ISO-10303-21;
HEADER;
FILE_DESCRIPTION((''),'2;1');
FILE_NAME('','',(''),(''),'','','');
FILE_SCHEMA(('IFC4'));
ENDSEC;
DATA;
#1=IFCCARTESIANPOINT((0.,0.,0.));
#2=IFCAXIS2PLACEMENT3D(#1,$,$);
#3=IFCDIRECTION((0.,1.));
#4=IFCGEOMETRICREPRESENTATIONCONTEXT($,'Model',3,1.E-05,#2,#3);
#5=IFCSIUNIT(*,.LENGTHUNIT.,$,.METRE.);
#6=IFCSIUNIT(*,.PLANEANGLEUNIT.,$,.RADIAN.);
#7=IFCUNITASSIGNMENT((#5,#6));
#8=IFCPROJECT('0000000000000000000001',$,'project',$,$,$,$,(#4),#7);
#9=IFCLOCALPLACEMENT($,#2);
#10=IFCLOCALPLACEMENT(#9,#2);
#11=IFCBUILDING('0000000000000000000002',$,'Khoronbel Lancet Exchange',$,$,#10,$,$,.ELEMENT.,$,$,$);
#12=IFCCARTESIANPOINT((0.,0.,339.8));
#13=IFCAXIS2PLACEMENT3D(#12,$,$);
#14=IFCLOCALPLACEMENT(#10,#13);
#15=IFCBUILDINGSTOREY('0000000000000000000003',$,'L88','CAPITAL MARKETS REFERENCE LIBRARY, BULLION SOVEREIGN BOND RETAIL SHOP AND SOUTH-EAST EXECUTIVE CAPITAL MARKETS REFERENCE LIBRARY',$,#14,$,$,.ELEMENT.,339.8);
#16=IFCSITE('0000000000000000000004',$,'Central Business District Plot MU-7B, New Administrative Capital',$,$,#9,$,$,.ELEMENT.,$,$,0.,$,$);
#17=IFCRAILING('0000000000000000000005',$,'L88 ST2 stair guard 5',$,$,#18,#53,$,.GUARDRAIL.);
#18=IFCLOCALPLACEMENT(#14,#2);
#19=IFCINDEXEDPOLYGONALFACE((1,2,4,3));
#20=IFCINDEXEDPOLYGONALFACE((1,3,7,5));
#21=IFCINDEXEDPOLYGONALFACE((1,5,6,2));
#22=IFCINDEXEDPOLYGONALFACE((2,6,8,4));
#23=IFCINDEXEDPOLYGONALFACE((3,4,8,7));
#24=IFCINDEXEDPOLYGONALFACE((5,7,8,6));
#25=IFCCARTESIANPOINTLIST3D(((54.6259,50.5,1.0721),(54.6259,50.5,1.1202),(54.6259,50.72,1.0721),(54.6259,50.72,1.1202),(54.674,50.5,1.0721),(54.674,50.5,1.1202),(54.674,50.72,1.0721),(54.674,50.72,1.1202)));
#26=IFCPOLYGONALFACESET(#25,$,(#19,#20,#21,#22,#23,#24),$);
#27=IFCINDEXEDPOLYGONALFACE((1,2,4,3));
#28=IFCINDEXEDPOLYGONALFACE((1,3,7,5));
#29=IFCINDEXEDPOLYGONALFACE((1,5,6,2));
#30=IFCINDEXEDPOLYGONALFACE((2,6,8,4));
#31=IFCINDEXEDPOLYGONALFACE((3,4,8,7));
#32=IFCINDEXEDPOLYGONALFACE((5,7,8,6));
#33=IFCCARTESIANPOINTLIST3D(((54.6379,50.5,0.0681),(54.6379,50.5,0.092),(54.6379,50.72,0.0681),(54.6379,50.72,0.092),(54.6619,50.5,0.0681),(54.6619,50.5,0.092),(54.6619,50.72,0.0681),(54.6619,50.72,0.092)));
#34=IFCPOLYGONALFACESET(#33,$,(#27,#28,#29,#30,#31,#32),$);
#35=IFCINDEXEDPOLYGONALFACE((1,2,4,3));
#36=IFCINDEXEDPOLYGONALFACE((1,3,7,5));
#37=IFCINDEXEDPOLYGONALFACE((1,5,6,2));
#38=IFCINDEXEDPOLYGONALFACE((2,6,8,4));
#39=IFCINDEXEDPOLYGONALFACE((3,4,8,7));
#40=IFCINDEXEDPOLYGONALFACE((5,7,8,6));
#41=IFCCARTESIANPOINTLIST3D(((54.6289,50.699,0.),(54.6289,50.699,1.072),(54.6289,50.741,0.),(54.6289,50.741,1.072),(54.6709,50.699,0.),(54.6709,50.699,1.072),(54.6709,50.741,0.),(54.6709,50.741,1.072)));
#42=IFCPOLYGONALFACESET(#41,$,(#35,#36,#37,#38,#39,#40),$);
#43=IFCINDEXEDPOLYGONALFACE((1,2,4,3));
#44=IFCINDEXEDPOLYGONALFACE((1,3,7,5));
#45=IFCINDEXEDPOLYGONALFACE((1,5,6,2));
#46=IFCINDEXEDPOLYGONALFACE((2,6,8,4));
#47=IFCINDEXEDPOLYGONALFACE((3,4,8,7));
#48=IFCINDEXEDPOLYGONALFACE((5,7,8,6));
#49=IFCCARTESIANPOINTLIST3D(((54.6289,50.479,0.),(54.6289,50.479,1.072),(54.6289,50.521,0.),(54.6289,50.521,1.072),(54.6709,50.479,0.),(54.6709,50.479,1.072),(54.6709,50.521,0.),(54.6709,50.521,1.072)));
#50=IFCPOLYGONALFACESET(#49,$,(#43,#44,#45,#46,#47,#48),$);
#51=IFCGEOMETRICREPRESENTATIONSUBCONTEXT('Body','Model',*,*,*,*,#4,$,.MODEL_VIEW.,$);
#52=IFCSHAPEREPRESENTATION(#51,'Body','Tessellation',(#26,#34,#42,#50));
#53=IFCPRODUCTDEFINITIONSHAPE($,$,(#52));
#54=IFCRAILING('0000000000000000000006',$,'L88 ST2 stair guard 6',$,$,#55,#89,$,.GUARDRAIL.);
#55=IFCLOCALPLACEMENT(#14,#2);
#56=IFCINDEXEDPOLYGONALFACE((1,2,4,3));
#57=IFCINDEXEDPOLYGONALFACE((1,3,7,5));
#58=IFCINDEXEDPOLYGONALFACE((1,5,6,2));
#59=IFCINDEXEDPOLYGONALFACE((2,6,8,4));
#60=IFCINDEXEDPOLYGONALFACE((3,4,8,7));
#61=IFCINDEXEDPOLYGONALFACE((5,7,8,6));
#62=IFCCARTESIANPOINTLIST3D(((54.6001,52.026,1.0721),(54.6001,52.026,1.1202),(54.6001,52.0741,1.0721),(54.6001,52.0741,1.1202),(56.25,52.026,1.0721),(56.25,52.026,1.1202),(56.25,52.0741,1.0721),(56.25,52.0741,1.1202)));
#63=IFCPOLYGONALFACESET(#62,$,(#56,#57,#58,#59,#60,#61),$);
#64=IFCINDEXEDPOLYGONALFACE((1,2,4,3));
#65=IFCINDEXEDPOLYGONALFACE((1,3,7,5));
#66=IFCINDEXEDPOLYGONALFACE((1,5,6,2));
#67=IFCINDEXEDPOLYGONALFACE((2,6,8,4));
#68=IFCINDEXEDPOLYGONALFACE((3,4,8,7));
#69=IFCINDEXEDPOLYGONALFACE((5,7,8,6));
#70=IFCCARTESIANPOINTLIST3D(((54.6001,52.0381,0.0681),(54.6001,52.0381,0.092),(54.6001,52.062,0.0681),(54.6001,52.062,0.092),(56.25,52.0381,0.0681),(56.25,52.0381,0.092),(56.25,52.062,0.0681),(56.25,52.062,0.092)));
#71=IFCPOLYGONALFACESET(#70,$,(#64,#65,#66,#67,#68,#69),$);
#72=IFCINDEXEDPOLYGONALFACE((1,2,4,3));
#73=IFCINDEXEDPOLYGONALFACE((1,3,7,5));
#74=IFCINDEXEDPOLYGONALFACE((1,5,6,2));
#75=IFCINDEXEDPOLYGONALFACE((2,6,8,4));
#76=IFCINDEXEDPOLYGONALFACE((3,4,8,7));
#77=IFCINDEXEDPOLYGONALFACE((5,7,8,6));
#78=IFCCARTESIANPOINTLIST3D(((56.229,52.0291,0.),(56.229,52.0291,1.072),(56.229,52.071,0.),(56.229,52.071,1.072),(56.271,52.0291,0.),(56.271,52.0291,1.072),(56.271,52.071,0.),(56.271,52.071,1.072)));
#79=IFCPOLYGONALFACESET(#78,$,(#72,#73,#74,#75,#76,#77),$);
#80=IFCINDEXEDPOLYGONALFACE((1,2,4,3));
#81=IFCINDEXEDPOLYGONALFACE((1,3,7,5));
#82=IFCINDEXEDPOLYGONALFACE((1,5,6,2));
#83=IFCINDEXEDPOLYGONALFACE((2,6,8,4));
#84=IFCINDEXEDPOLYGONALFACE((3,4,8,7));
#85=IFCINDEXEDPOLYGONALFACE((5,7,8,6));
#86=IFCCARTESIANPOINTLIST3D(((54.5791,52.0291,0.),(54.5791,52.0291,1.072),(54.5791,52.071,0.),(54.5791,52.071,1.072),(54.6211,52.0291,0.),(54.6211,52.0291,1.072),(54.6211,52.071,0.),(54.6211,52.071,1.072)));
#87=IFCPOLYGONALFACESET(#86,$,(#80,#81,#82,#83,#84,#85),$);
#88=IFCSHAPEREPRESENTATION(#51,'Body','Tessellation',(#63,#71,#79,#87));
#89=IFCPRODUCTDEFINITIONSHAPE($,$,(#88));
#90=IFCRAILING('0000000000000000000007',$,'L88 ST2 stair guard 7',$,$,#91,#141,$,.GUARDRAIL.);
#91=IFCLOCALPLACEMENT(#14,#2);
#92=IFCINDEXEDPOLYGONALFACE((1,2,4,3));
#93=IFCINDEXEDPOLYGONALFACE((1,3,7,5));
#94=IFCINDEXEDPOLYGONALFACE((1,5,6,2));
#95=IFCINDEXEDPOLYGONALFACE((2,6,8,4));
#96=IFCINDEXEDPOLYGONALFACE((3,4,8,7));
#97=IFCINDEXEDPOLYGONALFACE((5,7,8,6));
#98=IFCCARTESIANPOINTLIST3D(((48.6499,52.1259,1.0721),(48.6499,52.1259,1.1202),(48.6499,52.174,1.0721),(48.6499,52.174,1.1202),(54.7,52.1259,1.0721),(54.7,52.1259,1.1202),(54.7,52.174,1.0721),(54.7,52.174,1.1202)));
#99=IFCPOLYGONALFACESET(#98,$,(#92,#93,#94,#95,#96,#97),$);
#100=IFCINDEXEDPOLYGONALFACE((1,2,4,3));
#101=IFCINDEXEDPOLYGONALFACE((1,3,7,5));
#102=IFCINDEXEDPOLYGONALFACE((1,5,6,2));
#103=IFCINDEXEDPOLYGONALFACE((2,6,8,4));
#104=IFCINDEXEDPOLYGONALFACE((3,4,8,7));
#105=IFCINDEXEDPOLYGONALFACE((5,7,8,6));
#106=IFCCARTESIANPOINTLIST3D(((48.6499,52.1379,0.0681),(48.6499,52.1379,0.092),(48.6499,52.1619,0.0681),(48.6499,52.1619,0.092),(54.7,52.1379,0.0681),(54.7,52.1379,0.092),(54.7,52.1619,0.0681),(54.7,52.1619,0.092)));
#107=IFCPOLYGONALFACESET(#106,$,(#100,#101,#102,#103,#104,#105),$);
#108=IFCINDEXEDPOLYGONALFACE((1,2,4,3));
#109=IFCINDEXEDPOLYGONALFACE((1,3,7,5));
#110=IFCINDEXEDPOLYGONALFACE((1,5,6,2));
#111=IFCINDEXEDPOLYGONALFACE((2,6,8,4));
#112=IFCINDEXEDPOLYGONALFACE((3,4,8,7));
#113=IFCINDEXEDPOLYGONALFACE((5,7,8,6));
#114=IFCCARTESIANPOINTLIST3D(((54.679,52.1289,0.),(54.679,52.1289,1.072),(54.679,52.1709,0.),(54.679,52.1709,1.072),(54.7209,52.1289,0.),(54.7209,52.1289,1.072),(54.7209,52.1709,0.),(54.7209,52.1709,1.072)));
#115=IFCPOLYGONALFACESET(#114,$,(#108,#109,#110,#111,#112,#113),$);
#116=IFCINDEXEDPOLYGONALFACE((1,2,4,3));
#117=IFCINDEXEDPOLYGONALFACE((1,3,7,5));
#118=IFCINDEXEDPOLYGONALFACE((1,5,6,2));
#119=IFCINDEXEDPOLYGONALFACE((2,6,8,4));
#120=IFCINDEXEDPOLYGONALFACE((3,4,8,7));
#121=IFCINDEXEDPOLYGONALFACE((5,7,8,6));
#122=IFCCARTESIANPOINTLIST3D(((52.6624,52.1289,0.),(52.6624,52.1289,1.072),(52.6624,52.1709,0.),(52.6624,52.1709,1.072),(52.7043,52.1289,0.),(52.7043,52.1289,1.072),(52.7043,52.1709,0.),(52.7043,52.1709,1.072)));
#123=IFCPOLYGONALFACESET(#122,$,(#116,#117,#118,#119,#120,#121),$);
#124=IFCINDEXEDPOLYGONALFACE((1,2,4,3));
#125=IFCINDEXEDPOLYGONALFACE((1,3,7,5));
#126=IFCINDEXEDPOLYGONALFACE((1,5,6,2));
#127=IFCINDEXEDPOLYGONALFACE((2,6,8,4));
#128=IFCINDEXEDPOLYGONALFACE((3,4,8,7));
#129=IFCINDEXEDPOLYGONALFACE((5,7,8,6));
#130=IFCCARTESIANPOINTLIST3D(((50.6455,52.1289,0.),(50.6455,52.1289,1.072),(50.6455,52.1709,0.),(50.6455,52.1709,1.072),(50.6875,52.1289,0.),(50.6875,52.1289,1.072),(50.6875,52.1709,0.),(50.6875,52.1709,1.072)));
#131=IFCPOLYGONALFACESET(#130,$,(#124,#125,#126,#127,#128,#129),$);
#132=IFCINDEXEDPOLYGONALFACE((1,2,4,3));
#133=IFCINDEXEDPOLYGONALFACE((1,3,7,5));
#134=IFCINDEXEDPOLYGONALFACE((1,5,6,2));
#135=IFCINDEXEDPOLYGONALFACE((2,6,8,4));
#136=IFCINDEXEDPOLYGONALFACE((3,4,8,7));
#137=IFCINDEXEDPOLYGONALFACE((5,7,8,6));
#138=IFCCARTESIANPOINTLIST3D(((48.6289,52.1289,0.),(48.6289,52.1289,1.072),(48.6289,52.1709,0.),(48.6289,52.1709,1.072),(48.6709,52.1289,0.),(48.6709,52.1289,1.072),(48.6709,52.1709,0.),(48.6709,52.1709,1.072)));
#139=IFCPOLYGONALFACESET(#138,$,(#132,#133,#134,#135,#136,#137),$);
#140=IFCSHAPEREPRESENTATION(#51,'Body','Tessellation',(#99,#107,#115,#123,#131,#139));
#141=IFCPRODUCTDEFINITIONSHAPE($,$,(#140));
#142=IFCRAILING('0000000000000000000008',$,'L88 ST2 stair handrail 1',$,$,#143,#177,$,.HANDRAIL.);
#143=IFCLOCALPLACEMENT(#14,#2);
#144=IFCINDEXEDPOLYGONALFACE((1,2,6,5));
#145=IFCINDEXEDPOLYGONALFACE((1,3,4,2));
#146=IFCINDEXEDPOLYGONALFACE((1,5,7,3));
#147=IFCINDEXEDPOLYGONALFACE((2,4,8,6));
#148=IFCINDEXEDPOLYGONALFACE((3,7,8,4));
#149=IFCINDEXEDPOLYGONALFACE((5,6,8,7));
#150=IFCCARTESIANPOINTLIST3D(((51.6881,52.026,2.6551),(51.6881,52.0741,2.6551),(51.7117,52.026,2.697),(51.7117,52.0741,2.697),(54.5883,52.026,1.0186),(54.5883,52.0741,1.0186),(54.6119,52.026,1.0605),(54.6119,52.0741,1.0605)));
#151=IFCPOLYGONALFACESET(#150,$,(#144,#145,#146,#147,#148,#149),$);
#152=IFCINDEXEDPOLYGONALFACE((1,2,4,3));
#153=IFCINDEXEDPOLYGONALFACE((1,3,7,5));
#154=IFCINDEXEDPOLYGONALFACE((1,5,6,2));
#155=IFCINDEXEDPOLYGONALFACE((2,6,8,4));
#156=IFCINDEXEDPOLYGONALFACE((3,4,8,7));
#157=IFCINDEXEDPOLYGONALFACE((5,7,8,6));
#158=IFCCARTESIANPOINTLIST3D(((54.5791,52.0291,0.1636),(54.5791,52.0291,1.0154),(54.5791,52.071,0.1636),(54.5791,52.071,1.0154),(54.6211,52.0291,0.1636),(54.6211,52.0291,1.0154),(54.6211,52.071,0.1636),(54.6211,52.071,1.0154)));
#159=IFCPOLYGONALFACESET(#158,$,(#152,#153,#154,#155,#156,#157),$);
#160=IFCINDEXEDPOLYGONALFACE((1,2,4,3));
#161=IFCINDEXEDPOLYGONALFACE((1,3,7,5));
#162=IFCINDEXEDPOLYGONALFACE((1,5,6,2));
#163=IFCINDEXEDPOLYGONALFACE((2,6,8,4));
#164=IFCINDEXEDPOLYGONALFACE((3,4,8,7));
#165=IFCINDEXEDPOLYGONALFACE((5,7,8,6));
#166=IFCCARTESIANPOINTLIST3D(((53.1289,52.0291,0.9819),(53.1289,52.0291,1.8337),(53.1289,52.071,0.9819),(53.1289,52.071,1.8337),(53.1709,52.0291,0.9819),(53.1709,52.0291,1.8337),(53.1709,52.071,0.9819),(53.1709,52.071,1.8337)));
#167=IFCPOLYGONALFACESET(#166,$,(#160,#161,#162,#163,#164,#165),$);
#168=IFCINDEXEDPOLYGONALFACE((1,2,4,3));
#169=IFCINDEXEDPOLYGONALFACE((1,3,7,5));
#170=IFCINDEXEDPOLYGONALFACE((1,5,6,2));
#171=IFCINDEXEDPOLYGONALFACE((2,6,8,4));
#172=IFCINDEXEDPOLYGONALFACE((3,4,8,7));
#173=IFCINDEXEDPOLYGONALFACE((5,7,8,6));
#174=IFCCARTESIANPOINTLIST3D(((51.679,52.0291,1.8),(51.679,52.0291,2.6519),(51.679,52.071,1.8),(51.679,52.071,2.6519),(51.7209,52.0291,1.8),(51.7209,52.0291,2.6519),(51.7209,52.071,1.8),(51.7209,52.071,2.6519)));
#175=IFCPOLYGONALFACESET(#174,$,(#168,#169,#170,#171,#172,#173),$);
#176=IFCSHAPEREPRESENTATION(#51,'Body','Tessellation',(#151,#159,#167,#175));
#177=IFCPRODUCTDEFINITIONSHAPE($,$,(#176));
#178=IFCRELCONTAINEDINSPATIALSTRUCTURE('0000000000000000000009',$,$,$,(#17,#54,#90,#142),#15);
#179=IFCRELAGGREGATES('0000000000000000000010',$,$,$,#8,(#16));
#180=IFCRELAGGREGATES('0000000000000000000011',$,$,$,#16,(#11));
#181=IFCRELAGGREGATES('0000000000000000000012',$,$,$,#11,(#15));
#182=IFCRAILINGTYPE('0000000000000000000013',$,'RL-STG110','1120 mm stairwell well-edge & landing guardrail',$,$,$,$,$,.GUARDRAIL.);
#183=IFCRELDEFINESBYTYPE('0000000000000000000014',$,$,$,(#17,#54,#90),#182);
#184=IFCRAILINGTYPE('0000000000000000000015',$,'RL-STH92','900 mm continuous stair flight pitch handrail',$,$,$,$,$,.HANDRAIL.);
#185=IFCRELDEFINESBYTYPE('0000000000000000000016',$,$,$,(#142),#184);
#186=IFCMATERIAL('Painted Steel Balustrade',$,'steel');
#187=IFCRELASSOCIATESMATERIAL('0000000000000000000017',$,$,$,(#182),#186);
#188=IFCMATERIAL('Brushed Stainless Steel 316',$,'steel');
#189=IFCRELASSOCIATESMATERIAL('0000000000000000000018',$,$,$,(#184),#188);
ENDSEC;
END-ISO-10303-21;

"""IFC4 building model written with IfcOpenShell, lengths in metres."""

from ifc_helpers import new_model, si_unit, direction, frame, origin, origin_2d, place, context, subcontext, project, spatial, rectangle, extrude, material, type_object, element, save


model = new_model("IFC4")

# Units and contexts
model_context = context("Model", 3, precision=1e-05, world=origin(), true_north=direction((0.0, 1.0)))
body_context = subcontext(model_context, "Body", "Model", "MODEL_VIEW")
ifc_project = project(units=[si_unit("LENGTHUNIT", "METRE"), si_unit("PLANEANGLEUNIT", "RADIAN")], contexts=[model_context])

# Site, building, storey
site_placement = place(None, origin())
site = spatial("IfcSite", under=ifc_project, at=site_placement, Name="Central Business District Plot MU-7B, New Administrative Capital", CompositionType="ELEMENT", RefElevation=0.0)
building_placement = place(site_placement, origin())
building = spatial("IfcBuilding", under=site, at=building_placement, Name="Khoronbel Lancet Exchange", CompositionType="ELEMENT")
storey_placement = place(building_placement, frame((0.0, 0.0, 339.8)))
storey = spatial("IfcBuildingStorey", under=building, at=storey_placement, Name="L88", Description="CAPITAL MARKETS REFERENCE LIBRARY, BULLION SOVEREIGN BOND RETAIL SHOP AND SOUTH-EAST EXECUTIVE CAPITAL MARKETS REFERENCE LIBRARY", CompositionType="ELEMENT", Elevation=339.8)

# Railings
ifc_material_1 = material(Name="Painted Steel Balustrade", Category="steel")
railing_type_1 = type_object("IfcRailingType", Name="RL-STG110", Description="1120 mm stairwell well-edge & landing guardrail", PredefinedType="GUARDRAIL", material=ifc_material_1)
railing_1_placement = place(storey_placement, frame((54.6499, 50.72, 0.0)))
element("IfcRailing", 1, at=railing_1_placement, inside=storey, type_object=railing_type_1, Name="L88 ST2 stair guard 5", PredefinedType="GUARDRAIL", context=body_context, shape_type="SweptSolid", body=[
    extrude(rectangle(XDim=0.0481, YDim=0.0481, at=origin_2d()), frame((0.0, 0.0, 1.0962), z_axis=(0.0, -1.0, 0.0), x_axis=(1.0, 0.0, 0.0)), (0.0, 0.0, 1.0), 0.22),
    extrude(rectangle(XDim=0.0239, YDim=0.0239, at=origin_2d()), frame((0.0, 0.0, 0.0801), z_axis=(0.0, -1.0, 0.0), x_axis=(1.0, 0.0, 0.0)), (0.0, 0.0, 1.0), 0.22),
    extrude(rectangle(XDim=0.042, YDim=0.042, at=origin_2d()), origin(), (0.0, 0.0, 1.0), 1.072),
    extrude(rectangle(XDim=0.042, YDim=0.042, at=origin_2d()), frame((0.0, -0.22, 0.0)), (0.0, 0.0, 1.0), 1.072),
])
railing_2_placement = place(storey_placement, frame((56.25, 52.05, 0.0)))
element("IfcRailing", 2, at=railing_2_placement, inside=storey, type_object=railing_type_1, Name="L88 ST2 stair guard 6", PredefinedType="GUARDRAIL", context=body_context, shape_type="SweptSolid", body=[
    extrude(rectangle(XDim=0.0481, YDim=0.0481, at=origin_2d()), frame((0.0, 0.0, 1.0962), z_axis=(-1.0, 0.0, 0.0), x_axis=(0.0, -1.0, 0.0)), (0.0, 0.0, 1.0), 1.6499),
    extrude(rectangle(XDim=0.0239, YDim=0.0239, at=origin_2d()), frame((0.0, 0.0, 0.0801), z_axis=(-1.0, 0.0, 0.0), x_axis=(0.0, -1.0, 0.0)), (0.0, 0.0, 1.0), 1.6499),
    extrude(rectangle(XDim=0.042, YDim=0.042, at=origin_2d()), origin(), (0.0, 0.0, 1.0), 1.072),
    extrude(rectangle(XDim=0.042, YDim=0.042, at=origin_2d()), frame((-1.6499, 0.0, 0.0)), (0.0, 0.0, 1.0), 1.072),
])
railing_3_placement = place(storey_placement, frame((54.7, 52.1499, 0.0)))
element("IfcRailing", 3, at=railing_3_placement, inside=storey, type_object=railing_type_1, Name="L88 ST2 stair guard 7", PredefinedType="GUARDRAIL", context=body_context, shape_type="SweptSolid", body=[
    extrude(rectangle(XDim=0.0481, YDim=0.0481, at=origin_2d()), frame((0.0, 0.0, 1.0962), z_axis=(-1.0, 0.0, 0.0), x_axis=(0.0, -1.0, 0.0)), (0.0, 0.0, 1.0), 6.05),
    extrude(rectangle(XDim=0.0239, YDim=0.0239, at=origin_2d()), frame((0.0, 0.0, 0.0801), z_axis=(-1.0, 0.0, 0.0), x_axis=(0.0, -1.0, 0.0)), (0.0, 0.0, 1.0), 6.05),
    extrude(rectangle(XDim=0.042, YDim=0.042, at=origin_2d()), origin(), (0.0, 0.0, 1.0), 1.072),
    extrude(rectangle(XDim=0.042, YDim=0.042, at=origin_2d()), frame((-2.0166, 0.0, 0.0)), (0.0, 0.0, 1.0), 1.072),
    extrude(rectangle(XDim=0.042, YDim=0.042, at=origin_2d()), frame((-4.0334, 0.0, 0.0)), (0.0, 0.0, 1.0), 1.072),
    extrude(rectangle(XDim=0.042, YDim=0.042, at=origin_2d()), frame((-6.05, 0.0, 0.0)), (0.0, 0.0, 1.0), 1.072),
])
ifc_material_2 = material(Name="Brushed Stainless Steel 316", Category="steel")
railing_type_2 = type_object("IfcRailingType", Name="RL-STH92", Description="900 mm continuous stair flight pitch handrail", PredefinedType="HANDRAIL", material=ifc_material_2)
railing_4_placement = place(storey_placement, frame((54.6001, 52.05, 0.1636)))
element("IfcRailing", 4, at=railing_4_placement, inside=storey, type_object=railing_type_2, Name="L88 ST2 stair handrail 1", PredefinedType="HANDRAIL", context=body_context, shape_type="SweptSolid", body=[
    extrude(rectangle(XDim=0.0481, YDim=0.0481, at=origin_2d()), frame((0.0, 0.0, 0.876), z_axis=(-0.870915, 0.0, 0.491434), x_axis=(0.0, -1.0, 0.0)), (0.0, 0.0, 1.0), 3.3301),
    extrude(rectangle(XDim=0.042, YDim=0.042, at=origin_2d()), origin(), (0.0, 0.0, 1.0), 0.8518),
    extrude(rectangle(XDim=0.042, YDim=0.042, at=origin_2d()), frame((-1.4502, 0.0, 0.8184)), (0.0, 0.0, 1.0), 0.8518),
    extrude(rectangle(XDim=0.042, YDim=0.042, at=origin_2d()), frame((-2.9001, 0.0, 1.6365)), (0.0, 0.0, 1.0), 0.8518),
])

save(model, "model.ifc")
